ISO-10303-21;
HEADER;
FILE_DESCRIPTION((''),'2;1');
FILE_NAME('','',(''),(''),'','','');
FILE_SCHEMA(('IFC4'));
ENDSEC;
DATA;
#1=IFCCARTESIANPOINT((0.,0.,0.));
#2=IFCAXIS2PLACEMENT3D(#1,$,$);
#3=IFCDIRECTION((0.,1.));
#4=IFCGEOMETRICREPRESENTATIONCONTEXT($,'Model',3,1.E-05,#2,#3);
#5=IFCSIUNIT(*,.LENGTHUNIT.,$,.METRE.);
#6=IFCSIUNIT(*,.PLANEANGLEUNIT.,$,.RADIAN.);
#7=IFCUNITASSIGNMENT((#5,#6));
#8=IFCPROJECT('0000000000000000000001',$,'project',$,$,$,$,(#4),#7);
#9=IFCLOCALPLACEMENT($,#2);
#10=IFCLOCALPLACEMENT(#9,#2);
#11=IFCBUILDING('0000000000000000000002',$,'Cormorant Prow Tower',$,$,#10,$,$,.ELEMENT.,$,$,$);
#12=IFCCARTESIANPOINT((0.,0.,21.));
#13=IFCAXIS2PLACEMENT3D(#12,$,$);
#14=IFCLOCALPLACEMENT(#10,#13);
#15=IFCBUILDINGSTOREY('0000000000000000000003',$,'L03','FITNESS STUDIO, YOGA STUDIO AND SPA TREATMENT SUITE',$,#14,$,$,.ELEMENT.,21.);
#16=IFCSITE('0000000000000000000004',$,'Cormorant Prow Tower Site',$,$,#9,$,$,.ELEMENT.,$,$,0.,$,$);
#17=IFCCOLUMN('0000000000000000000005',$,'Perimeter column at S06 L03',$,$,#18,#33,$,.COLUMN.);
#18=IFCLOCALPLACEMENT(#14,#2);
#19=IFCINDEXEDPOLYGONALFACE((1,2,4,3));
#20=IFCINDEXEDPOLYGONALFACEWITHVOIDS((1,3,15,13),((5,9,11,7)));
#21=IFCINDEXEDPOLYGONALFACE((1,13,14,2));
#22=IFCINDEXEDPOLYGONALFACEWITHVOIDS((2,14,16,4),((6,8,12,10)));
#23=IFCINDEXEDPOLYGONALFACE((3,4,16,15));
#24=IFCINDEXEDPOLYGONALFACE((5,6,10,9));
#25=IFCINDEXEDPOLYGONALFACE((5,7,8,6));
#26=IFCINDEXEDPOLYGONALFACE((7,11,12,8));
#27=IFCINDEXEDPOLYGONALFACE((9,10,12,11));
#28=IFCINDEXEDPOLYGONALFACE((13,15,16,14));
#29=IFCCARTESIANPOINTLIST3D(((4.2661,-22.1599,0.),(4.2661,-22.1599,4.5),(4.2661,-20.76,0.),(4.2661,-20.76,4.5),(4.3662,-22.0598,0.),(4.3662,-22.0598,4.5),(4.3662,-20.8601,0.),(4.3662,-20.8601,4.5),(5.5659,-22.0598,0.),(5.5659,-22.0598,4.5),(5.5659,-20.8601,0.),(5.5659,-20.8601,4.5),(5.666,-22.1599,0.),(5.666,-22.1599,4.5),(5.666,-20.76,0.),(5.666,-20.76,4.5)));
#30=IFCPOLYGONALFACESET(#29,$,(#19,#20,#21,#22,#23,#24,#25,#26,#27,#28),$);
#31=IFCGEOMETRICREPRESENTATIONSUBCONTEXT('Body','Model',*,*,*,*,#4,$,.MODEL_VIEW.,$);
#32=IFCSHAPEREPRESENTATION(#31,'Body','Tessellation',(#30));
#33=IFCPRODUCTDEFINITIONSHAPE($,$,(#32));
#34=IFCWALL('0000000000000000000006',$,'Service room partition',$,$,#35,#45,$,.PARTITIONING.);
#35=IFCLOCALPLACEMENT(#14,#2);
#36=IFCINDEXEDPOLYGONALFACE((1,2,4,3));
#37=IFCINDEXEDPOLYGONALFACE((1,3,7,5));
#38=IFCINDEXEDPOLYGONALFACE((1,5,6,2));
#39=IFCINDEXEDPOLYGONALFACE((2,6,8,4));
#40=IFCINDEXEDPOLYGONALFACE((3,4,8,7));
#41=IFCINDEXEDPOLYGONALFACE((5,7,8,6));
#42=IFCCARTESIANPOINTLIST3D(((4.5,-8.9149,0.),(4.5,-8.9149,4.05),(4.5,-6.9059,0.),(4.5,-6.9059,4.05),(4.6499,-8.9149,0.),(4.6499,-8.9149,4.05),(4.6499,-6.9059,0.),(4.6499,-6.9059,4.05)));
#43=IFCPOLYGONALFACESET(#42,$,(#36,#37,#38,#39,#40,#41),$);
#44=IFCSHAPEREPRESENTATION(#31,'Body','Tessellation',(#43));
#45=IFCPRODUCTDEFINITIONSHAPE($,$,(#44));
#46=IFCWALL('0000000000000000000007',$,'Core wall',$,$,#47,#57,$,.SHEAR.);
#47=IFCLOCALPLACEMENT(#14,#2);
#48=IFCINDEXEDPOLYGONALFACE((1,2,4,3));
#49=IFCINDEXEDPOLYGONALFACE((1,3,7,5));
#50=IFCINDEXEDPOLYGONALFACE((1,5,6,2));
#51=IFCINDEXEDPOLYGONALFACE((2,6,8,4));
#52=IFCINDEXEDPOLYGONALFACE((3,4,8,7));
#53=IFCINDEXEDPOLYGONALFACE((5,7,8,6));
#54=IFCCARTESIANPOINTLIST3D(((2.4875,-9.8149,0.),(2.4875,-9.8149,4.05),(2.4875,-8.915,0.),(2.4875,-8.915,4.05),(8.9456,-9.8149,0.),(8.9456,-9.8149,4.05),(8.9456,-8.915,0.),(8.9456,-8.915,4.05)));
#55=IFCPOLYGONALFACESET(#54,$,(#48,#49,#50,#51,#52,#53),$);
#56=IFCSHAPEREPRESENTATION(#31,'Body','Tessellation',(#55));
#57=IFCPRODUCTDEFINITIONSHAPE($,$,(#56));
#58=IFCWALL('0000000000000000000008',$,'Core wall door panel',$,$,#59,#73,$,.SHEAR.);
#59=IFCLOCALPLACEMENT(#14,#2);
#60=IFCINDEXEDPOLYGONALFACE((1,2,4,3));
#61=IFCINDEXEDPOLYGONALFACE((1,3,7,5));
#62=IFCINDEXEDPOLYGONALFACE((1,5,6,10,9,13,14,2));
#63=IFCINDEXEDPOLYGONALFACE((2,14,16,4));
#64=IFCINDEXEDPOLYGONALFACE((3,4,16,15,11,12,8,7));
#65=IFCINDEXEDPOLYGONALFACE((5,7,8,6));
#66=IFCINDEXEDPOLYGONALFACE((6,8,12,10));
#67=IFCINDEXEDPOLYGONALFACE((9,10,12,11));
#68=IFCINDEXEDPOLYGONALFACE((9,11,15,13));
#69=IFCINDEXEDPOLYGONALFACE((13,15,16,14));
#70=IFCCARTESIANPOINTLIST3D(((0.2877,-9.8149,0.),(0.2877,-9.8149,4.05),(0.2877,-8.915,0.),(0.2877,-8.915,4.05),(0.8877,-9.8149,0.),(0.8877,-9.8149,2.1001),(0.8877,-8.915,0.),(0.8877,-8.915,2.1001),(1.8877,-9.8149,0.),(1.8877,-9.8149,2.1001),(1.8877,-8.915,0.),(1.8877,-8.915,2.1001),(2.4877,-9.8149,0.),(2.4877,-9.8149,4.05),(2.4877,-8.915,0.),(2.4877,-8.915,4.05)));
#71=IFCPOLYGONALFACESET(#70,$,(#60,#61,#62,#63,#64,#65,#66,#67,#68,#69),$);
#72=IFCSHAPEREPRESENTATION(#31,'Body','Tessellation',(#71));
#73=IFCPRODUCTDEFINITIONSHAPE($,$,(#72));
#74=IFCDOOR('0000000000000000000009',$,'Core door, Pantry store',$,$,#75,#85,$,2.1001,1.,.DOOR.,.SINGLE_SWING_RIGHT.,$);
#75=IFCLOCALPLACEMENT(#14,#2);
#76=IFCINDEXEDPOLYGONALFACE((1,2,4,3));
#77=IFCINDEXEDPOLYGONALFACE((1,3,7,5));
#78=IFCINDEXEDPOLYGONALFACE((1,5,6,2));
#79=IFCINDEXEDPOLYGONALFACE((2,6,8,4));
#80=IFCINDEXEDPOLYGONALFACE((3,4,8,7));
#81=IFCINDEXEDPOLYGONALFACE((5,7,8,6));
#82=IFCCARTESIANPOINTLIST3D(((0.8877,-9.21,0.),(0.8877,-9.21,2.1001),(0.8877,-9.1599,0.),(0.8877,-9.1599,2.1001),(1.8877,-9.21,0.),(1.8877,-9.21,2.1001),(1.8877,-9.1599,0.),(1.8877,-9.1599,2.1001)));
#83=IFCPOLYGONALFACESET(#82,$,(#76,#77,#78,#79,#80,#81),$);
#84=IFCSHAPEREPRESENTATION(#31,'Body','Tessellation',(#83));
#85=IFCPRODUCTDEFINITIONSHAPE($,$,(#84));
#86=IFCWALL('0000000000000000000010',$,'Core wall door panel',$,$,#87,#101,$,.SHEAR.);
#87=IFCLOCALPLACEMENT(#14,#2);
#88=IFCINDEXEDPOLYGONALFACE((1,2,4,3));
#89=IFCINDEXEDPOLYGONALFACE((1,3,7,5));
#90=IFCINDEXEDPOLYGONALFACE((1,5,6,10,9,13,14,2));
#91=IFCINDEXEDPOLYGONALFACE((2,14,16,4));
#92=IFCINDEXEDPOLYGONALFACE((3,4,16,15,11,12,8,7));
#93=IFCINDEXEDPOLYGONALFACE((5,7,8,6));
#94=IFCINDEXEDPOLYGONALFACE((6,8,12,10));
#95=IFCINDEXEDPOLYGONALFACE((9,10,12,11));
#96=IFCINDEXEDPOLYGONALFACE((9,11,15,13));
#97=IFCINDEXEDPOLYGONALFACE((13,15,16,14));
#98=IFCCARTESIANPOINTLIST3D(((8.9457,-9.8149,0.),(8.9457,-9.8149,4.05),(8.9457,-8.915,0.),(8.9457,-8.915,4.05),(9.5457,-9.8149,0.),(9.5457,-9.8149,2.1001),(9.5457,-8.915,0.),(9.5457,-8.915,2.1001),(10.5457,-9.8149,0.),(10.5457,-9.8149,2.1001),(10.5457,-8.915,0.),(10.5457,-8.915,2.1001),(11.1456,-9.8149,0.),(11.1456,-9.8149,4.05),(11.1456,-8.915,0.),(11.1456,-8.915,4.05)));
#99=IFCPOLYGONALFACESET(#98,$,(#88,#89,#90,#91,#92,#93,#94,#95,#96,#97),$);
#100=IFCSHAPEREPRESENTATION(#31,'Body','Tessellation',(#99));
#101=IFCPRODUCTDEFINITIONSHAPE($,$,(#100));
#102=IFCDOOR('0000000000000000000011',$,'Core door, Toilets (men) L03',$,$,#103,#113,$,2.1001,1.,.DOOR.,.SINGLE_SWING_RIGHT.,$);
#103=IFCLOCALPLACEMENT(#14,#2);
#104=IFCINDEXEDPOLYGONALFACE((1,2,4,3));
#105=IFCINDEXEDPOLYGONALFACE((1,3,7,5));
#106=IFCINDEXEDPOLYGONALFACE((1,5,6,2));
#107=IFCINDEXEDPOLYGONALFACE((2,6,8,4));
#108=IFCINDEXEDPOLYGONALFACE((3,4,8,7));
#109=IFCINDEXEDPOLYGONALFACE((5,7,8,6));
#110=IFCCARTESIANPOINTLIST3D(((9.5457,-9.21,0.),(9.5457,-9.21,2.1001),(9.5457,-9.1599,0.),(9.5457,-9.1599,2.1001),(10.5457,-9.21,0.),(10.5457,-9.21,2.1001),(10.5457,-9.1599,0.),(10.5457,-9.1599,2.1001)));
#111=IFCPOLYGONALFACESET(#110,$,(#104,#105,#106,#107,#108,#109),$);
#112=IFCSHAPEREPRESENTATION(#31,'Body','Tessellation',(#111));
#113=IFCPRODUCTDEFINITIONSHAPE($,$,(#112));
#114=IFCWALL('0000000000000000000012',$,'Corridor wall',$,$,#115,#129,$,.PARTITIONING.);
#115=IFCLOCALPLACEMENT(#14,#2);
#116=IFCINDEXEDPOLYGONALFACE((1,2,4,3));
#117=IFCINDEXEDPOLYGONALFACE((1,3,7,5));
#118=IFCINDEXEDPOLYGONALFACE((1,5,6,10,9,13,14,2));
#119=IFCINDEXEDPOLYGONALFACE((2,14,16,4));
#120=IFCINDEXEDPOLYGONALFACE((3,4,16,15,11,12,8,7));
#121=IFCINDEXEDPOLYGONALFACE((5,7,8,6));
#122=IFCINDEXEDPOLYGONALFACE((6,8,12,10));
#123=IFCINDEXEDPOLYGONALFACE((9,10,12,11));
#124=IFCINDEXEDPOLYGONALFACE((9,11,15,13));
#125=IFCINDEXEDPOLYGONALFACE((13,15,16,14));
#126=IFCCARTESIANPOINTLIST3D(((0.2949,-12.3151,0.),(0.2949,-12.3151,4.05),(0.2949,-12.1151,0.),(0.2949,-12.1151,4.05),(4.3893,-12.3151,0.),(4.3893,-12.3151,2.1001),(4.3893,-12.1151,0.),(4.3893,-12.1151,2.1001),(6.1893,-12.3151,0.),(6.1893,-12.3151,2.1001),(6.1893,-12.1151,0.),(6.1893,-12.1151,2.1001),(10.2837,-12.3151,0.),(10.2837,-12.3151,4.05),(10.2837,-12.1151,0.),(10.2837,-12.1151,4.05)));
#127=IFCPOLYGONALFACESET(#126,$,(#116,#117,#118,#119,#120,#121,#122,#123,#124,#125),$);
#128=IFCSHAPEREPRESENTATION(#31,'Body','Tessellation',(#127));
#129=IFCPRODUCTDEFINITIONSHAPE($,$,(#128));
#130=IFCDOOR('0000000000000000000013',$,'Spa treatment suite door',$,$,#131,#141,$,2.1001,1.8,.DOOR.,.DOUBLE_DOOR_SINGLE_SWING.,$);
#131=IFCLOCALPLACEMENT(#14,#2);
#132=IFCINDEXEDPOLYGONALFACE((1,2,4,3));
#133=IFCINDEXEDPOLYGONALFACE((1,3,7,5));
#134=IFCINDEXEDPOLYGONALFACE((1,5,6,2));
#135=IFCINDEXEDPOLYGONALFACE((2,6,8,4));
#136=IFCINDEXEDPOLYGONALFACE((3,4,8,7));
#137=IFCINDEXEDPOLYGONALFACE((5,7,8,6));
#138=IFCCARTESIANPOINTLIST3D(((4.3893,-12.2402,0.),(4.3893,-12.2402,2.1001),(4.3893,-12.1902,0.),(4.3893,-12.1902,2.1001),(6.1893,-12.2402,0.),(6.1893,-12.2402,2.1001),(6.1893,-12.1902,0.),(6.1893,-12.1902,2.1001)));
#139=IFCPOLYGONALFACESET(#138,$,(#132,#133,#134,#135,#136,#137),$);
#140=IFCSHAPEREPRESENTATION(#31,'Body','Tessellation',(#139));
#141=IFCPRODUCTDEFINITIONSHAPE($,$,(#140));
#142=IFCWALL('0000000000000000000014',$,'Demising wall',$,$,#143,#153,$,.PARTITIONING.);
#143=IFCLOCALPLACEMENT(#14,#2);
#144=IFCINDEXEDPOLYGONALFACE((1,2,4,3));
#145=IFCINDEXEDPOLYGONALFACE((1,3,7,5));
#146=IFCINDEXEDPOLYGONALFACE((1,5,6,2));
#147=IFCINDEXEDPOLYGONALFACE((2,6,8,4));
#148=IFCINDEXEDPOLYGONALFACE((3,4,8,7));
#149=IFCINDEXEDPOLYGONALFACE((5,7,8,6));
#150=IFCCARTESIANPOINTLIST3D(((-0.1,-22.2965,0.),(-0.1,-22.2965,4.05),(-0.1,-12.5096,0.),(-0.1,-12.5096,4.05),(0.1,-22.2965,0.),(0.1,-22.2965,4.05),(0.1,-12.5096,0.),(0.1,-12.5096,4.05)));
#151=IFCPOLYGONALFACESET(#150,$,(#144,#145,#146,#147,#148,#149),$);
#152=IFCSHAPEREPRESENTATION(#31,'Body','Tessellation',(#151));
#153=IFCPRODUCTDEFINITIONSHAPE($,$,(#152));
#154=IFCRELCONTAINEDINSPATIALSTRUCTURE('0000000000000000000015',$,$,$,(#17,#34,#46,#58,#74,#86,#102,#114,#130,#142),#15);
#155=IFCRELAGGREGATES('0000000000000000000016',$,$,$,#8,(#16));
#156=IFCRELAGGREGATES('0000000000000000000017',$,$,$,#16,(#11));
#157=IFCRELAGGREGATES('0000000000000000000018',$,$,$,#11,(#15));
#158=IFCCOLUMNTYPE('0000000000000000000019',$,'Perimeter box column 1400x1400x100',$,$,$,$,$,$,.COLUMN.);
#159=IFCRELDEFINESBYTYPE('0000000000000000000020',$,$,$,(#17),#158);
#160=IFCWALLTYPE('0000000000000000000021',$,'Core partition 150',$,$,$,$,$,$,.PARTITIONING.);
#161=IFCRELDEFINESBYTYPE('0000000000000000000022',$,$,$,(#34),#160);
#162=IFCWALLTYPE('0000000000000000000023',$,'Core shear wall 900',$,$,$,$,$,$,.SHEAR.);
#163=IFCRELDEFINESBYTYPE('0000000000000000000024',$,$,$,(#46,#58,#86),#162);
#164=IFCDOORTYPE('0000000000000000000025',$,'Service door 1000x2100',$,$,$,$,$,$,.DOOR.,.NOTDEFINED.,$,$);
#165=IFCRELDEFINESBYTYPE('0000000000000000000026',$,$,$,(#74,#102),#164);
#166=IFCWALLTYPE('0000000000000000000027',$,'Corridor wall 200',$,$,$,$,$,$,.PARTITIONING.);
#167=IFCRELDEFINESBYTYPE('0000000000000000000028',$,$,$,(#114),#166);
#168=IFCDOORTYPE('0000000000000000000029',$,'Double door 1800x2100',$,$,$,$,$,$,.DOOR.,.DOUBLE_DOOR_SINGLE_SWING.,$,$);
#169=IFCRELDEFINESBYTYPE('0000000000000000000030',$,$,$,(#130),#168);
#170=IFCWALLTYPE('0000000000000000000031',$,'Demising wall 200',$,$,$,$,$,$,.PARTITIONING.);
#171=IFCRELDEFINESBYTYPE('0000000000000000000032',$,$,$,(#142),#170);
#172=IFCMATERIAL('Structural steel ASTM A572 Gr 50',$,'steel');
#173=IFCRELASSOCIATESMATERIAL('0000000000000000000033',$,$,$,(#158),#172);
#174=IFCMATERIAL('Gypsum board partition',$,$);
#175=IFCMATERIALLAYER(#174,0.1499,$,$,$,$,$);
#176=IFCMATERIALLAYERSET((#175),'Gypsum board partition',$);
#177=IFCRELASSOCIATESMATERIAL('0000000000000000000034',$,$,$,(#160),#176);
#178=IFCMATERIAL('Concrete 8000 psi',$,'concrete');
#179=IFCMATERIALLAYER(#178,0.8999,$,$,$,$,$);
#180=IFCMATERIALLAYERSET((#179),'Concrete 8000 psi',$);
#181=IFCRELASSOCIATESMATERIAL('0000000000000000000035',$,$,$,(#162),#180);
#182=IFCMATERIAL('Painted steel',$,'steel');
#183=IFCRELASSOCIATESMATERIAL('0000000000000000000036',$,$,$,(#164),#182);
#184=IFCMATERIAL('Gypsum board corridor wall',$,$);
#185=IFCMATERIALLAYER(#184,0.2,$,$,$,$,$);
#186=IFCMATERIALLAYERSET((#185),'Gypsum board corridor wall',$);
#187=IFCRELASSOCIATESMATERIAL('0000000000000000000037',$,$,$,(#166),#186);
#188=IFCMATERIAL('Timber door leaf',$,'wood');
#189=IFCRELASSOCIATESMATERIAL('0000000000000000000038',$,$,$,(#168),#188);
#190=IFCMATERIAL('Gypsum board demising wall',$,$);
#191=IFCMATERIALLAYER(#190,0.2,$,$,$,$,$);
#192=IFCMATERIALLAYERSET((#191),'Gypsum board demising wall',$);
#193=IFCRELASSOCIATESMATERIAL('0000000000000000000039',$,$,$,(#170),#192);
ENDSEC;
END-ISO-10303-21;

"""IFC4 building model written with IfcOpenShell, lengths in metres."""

from ifc_helpers import new_model, si_unit, direction, frame, frame_2d, origin, origin_2d, place, context, subcontext, project, spatial, rectangle, hollow_rectangle, extrude, material, layer, layer_set, material_profile, profile_set, type_object, element, fill, save


model = new_model("IFC4")

# Units and contexts
model_context = context("Model", 3, precision=1e-05, world=origin(), true_north=direction((0.0, 1.0)))
body_context = subcontext(model_context, "Body", "Model", "MODEL_VIEW")
ifc_project = project(units=[si_unit("LENGTHUNIT", "METRE"), si_unit("PLANEANGLEUNIT", "RADIAN")], contexts=[model_context])

# Site, building, storey
site_placement = place(None, origin())
site = spatial("IfcSite", under=ifc_project, at=site_placement, Name="Cormorant Prow Tower Site", CompositionType="ELEMENT", RefElevation=0.0)
building_placement = place(site_placement, origin())
building = spatial("IfcBuilding", under=site, at=building_placement, Name="Cormorant Prow Tower", CompositionType="ELEMENT")
storey_placement = place(building_placement, frame((0.0, 0.0, 21.0)))
storey = spatial("IfcBuildingStorey", under=building, at=storey_placement, Name="L03", Description="FITNESS STUDIO, YOGA STUDIO AND SPA TREATMENT SUITE", CompositionType="ELEMENT", Elevation=21.0)

# Column
ifc_material_1 = material(Name="Structural steel ASTM A572 Gr 50", Category="steel")
ifc_material_profile = material_profile(ifc_material_1, hollow_rectangle(XDim=1.3999, YDim=1.3999, WallThickness=0.1001, at=origin_2d()), Name="Box 1400x1400x100")
ifc_profile_set = profile_set([ifc_material_profile], Name="Structural steel ASTM A572 Gr 50")
column_type = type_object("IfcColumnType", Name="Perimeter box column 1400x1400x100", PredefinedType="COLUMN", material=ifc_profile_set)
column_placement = place(storey_placement, frame((4.9661, -21.46, 0.0), z_axis=(0.0, 0.0, 1.0), x_axis=(1.0, 0.0, 0.0)))
element("IfcColumn", 1, at=column_placement, inside=storey, type_object=column_type, Name="Perimeter column at S06 L03", PredefinedType="COLUMN", context=body_context, shape_type="SweptSolid", body=[
    extrude(hollow_rectangle(XDim=1.3999, YDim=1.3999, WallThickness=0.1001, at=origin_2d()), origin(), (0.0, 0.0, 1.0), 4.5),
])

# Walls
ifc_material_2 = material(Name="Gypsum board partition")
ifc_layer_1 = layer(ifc_material_2, 0.1499)
ifc_layer_set_1 = layer_set([ifc_layer_1], Name="Gypsum board partition")
wall_type_1 = type_object("IfcWallType", Name="Core partition 150", PredefinedType="PARTITIONING", material=ifc_layer_set_1)
wall_1_placement = place(storey_placement, frame((4.575, -6.906, 0.0), z_axis=(0.0, 0.0, 1.0), x_axis=(0.0, -1.0, 0.0)))
element("IfcWall", 2, at=wall_1_placement, inside=storey, type_object=wall_type_1, Name="Service room partition", PredefinedType="PARTITIONING", context=body_context, shape_type="SweptSolid", body=[
    extrude(rectangle(XDim=2.009, YDim=0.1499, at=frame_2d((1.0044, 0.0))), origin(), (0.0, 0.0, 1.0), 4.05),
])
ifc_material_3 = material(Name="Concrete 8000 psi", Category="concrete")
ifc_layer_2 = layer(ifc_material_3, 0.8999)
ifc_layer_set_2 = layer_set([ifc_layer_2], Name="Concrete 8000 psi")
wall_type_2 = type_object("IfcWallType", Name="Core shear wall 900", PredefinedType="SHEAR", material=ifc_layer_set_2)
wall_2_placement = place(storey_placement, frame((2.4875, -9.365, 0.0), z_axis=(0.0, 0.0, 1.0), x_axis=(1.0, 0.0, 0.0)))
element("IfcWall", 3, at=wall_2_placement, inside=storey, type_object=wall_type_2, Name="Core wall", PredefinedType="SHEAR", context=body_context, shape_type="SweptSolid", body=[
    extrude(rectangle(XDim=6.458, YDim=0.8999, at=frame_2d((3.229, 0.0))), origin(), (0.0, 0.0, 1.0), 4.05),
])

# Walls, openings, doors
wall_3_placement = place(storey_placement, frame((0.2876, -9.365, 0.0), z_axis=(0.0, 0.0, 1.0), x_axis=(1.0, 0.0, 0.0)))
wall_3 = element("IfcWall", 4, at=wall_3_placement, inside=storey, type_object=wall_type_2, Name="Core wall door panel", PredefinedType="SHEAR", context=body_context, shape_type="SweptSolid", body=[
    extrude(rectangle(XDim=2.2, YDim=0.8999, at=frame_2d((1.1001, 0.0))), origin(), (0.0, 0.0, 1.0), 4.05),
])
opening_1_placement = place(wall_3_placement, frame((0.6001, 0.0, 0.0)))
opening_1 = element("IfcOpeningElement", 5, at=opening_1_placement, cuts=wall_3, PredefinedType="OPENING", context=body_context, shape_type="SweptSolid", body=[
    extrude(rectangle(XDim=1.0, YDim=2.1001, at=frame_2d((0.5, 1.05))), frame((0.0, 0.46, 0.0), z_axis=(0.0, -1.0, 0.0), x_axis=(1.0, 0.0, 0.0)), (0.0, 0.0, 1.0), 0.9199),
])
ifc_material_4 = material(Name="Painted steel", Category="steel")
door_type_1 = type_object("IfcDoorType", Name="Service door 1000x2100", OperationType="NOTDEFINED", PredefinedType="DOOR", material=ifc_material_4)
door_1_placement = place(opening_1_placement, origin())
door_1 = element("IfcDoor", 6, at=door_1_placement, inside=storey, type_object=door_type_1, Name="Core door, Pantry store", OperationType="SINGLE_SWING_RIGHT", OverallHeight=2.1001, OverallWidth=1.0, PredefinedType="DOOR", context=body_context, shape_type="SweptSolid", body=[
    extrude(rectangle(XDim=1.0, YDim=2.1001, at=frame_2d((0.5, 1.05))), frame((0.0, 0.2051, 0.0), z_axis=(0.0, -1.0, 0.0), x_axis=(1.0, 0.0, 0.0)), (0.0, 0.0, 1.0), 0.05),
])
fill(opening_1, door_1)
wall_4_placement = place(storey_placement, frame((8.9456, -9.365, 0.0), z_axis=(0.0, 0.0, 1.0), x_axis=(1.0, 0.0, 0.0)))
wall_4 = element("IfcWall", 7, at=wall_4_placement, inside=storey, type_object=wall_type_2, Name="Core wall door panel", PredefinedType="SHEAR", context=body_context, shape_type="SweptSolid", body=[
    extrude(rectangle(XDim=2.2, YDim=0.8999, at=frame_2d((1.1001, 0.0))), origin(), (0.0, 0.0, 1.0), 4.05),
])
opening_2_placement = place(wall_4_placement, frame((0.6001, 0.0, 0.0)))
opening_2 = element("IfcOpeningElement", 8, at=opening_2_placement, cuts=wall_4, PredefinedType="OPENING", context=body_context, shape_type="SweptSolid", body=[
    extrude(rectangle(XDim=1.0, YDim=2.1001, at=frame_2d((0.5, 1.05))), frame((0.0, 0.46, 0.0), z_axis=(0.0, -1.0, 0.0), x_axis=(1.0, 0.0, 0.0)), (0.0, 0.0, 1.0), 0.9199),
])
door_2_placement = place(opening_2_placement, origin())
door_2 = element("IfcDoor", 9, at=door_2_placement, inside=storey, type_object=door_type_1, Name="Core door, Toilets (men) L03", OperationType="SINGLE_SWING_RIGHT", OverallHeight=2.1001, OverallWidth=1.0, PredefinedType="DOOR", context=body_context, shape_type="SweptSolid", body=[
    extrude(rectangle(XDim=1.0, YDim=2.1001, at=frame_2d((0.5, 1.05))), frame((0.0, 0.2051, 0.0), z_axis=(0.0, -1.0, 0.0), x_axis=(1.0, 0.0, 0.0)), (0.0, 0.0, 1.0), 0.05),
])
fill(opening_2, door_2)
ifc_material_5 = material(Name="Gypsum board corridor wall")
ifc_layer_3 = layer(ifc_material_5, 0.2)
ifc_layer_set_3 = layer_set([ifc_layer_3], Name="Gypsum board corridor wall")
wall_type_3 = type_object("IfcWallType", Name="Corridor wall 200", PredefinedType="PARTITIONING", material=ifc_layer_set_3)
wall_5_placement = place(storey_placement, frame((0.2949, -12.2151, 0.0), z_axis=(0.0, 0.0, 1.0), x_axis=(1.0, 0.0, 0.0)))
wall_5 = element("IfcWall", 10, at=wall_5_placement, inside=storey, type_object=wall_type_3, Name="Corridor wall", PredefinedType="PARTITIONING", context=body_context, shape_type="SweptSolid", body=[
    extrude(rectangle(XDim=9.9888, YDim=0.2, at=frame_2d((4.9944, 0.0))), origin(), (0.0, 0.0, 1.0), 4.05),
])
opening_3_placement = place(wall_5_placement, frame((4.0945, 0.0, 0.0)))
opening_3 = element("IfcOpeningElement", 11, at=opening_3_placement, cuts=wall_5, PredefinedType="OPENING", context=body_context, shape_type="SweptSolid", body=[
    extrude(rectangle(XDim=1.8, YDim=2.1001, at=frame_2d((0.8999, 1.05))), frame((0.0, 0.1099, 0.0), z_axis=(0.0, -1.0, 0.0), x_axis=(1.0, 0.0, 0.0)), (0.0, 0.0, 1.0), 0.22),
])
ifc_material_6 = material(Name="Timber door leaf", Category="wood")
door_type_2 = type_object("IfcDoorType", Name="Double door 1800x2100", OperationType="DOUBLE_DOOR_SINGLE_SWING", PredefinedType="DOOR", material=ifc_material_6)
door_3_placement = place(opening_3_placement, origin())
door_3 = element("IfcDoor", 12, at=door_3_placement, inside=storey, type_object=door_type_2, Name="Spa treatment suite door", OperationType="DOUBLE_DOOR_SINGLE_SWING", OverallHeight=2.1001, OverallWidth=1.8, PredefinedType="DOOR", context=body_context, shape_type="SweptSolid", body=[
    extrude(rectangle(XDim=1.8, YDim=2.1001, at=frame_2d((0.8999, 1.05))), frame((0.0, 0.0249, 0.0), z_axis=(0.0, -1.0, 0.0), x_axis=(1.0, 0.0, 0.0)), (0.0, 0.0, 1.0), 0.05),
])
fill(opening_3, door_3)

# Wall
ifc_material_7 = material(Name="Gypsum board demising wall")
ifc_layer_4 = layer(ifc_material_7, 0.2)
ifc_layer_set_4 = layer_set([ifc_layer_4], Name="Gypsum board demising wall")
wall_type_4 = type_object("IfcWallType", Name="Demising wall 200", PredefinedType="PARTITIONING", material=ifc_layer_set_4)
wall_6_placement = place(storey_placement, frame((0.0, -22.2966, 0.0), z_axis=(0.0, 0.0, 1.0), x_axis=(0.0, 1.0, 0.0)))
element("IfcWall", 13, at=wall_6_placement, inside=storey, type_object=wall_type_4, Name="Demising wall", PredefinedType="PARTITIONING", context=body_context, shape_type="SweptSolid", body=[
    extrude(rectangle(XDim=9.7869, YDim=0.2, at=frame_2d((4.8936, 0.0))), origin(), (0.0, 0.0, 1.0), 4.05),
])

save(model, "model.ifc")
